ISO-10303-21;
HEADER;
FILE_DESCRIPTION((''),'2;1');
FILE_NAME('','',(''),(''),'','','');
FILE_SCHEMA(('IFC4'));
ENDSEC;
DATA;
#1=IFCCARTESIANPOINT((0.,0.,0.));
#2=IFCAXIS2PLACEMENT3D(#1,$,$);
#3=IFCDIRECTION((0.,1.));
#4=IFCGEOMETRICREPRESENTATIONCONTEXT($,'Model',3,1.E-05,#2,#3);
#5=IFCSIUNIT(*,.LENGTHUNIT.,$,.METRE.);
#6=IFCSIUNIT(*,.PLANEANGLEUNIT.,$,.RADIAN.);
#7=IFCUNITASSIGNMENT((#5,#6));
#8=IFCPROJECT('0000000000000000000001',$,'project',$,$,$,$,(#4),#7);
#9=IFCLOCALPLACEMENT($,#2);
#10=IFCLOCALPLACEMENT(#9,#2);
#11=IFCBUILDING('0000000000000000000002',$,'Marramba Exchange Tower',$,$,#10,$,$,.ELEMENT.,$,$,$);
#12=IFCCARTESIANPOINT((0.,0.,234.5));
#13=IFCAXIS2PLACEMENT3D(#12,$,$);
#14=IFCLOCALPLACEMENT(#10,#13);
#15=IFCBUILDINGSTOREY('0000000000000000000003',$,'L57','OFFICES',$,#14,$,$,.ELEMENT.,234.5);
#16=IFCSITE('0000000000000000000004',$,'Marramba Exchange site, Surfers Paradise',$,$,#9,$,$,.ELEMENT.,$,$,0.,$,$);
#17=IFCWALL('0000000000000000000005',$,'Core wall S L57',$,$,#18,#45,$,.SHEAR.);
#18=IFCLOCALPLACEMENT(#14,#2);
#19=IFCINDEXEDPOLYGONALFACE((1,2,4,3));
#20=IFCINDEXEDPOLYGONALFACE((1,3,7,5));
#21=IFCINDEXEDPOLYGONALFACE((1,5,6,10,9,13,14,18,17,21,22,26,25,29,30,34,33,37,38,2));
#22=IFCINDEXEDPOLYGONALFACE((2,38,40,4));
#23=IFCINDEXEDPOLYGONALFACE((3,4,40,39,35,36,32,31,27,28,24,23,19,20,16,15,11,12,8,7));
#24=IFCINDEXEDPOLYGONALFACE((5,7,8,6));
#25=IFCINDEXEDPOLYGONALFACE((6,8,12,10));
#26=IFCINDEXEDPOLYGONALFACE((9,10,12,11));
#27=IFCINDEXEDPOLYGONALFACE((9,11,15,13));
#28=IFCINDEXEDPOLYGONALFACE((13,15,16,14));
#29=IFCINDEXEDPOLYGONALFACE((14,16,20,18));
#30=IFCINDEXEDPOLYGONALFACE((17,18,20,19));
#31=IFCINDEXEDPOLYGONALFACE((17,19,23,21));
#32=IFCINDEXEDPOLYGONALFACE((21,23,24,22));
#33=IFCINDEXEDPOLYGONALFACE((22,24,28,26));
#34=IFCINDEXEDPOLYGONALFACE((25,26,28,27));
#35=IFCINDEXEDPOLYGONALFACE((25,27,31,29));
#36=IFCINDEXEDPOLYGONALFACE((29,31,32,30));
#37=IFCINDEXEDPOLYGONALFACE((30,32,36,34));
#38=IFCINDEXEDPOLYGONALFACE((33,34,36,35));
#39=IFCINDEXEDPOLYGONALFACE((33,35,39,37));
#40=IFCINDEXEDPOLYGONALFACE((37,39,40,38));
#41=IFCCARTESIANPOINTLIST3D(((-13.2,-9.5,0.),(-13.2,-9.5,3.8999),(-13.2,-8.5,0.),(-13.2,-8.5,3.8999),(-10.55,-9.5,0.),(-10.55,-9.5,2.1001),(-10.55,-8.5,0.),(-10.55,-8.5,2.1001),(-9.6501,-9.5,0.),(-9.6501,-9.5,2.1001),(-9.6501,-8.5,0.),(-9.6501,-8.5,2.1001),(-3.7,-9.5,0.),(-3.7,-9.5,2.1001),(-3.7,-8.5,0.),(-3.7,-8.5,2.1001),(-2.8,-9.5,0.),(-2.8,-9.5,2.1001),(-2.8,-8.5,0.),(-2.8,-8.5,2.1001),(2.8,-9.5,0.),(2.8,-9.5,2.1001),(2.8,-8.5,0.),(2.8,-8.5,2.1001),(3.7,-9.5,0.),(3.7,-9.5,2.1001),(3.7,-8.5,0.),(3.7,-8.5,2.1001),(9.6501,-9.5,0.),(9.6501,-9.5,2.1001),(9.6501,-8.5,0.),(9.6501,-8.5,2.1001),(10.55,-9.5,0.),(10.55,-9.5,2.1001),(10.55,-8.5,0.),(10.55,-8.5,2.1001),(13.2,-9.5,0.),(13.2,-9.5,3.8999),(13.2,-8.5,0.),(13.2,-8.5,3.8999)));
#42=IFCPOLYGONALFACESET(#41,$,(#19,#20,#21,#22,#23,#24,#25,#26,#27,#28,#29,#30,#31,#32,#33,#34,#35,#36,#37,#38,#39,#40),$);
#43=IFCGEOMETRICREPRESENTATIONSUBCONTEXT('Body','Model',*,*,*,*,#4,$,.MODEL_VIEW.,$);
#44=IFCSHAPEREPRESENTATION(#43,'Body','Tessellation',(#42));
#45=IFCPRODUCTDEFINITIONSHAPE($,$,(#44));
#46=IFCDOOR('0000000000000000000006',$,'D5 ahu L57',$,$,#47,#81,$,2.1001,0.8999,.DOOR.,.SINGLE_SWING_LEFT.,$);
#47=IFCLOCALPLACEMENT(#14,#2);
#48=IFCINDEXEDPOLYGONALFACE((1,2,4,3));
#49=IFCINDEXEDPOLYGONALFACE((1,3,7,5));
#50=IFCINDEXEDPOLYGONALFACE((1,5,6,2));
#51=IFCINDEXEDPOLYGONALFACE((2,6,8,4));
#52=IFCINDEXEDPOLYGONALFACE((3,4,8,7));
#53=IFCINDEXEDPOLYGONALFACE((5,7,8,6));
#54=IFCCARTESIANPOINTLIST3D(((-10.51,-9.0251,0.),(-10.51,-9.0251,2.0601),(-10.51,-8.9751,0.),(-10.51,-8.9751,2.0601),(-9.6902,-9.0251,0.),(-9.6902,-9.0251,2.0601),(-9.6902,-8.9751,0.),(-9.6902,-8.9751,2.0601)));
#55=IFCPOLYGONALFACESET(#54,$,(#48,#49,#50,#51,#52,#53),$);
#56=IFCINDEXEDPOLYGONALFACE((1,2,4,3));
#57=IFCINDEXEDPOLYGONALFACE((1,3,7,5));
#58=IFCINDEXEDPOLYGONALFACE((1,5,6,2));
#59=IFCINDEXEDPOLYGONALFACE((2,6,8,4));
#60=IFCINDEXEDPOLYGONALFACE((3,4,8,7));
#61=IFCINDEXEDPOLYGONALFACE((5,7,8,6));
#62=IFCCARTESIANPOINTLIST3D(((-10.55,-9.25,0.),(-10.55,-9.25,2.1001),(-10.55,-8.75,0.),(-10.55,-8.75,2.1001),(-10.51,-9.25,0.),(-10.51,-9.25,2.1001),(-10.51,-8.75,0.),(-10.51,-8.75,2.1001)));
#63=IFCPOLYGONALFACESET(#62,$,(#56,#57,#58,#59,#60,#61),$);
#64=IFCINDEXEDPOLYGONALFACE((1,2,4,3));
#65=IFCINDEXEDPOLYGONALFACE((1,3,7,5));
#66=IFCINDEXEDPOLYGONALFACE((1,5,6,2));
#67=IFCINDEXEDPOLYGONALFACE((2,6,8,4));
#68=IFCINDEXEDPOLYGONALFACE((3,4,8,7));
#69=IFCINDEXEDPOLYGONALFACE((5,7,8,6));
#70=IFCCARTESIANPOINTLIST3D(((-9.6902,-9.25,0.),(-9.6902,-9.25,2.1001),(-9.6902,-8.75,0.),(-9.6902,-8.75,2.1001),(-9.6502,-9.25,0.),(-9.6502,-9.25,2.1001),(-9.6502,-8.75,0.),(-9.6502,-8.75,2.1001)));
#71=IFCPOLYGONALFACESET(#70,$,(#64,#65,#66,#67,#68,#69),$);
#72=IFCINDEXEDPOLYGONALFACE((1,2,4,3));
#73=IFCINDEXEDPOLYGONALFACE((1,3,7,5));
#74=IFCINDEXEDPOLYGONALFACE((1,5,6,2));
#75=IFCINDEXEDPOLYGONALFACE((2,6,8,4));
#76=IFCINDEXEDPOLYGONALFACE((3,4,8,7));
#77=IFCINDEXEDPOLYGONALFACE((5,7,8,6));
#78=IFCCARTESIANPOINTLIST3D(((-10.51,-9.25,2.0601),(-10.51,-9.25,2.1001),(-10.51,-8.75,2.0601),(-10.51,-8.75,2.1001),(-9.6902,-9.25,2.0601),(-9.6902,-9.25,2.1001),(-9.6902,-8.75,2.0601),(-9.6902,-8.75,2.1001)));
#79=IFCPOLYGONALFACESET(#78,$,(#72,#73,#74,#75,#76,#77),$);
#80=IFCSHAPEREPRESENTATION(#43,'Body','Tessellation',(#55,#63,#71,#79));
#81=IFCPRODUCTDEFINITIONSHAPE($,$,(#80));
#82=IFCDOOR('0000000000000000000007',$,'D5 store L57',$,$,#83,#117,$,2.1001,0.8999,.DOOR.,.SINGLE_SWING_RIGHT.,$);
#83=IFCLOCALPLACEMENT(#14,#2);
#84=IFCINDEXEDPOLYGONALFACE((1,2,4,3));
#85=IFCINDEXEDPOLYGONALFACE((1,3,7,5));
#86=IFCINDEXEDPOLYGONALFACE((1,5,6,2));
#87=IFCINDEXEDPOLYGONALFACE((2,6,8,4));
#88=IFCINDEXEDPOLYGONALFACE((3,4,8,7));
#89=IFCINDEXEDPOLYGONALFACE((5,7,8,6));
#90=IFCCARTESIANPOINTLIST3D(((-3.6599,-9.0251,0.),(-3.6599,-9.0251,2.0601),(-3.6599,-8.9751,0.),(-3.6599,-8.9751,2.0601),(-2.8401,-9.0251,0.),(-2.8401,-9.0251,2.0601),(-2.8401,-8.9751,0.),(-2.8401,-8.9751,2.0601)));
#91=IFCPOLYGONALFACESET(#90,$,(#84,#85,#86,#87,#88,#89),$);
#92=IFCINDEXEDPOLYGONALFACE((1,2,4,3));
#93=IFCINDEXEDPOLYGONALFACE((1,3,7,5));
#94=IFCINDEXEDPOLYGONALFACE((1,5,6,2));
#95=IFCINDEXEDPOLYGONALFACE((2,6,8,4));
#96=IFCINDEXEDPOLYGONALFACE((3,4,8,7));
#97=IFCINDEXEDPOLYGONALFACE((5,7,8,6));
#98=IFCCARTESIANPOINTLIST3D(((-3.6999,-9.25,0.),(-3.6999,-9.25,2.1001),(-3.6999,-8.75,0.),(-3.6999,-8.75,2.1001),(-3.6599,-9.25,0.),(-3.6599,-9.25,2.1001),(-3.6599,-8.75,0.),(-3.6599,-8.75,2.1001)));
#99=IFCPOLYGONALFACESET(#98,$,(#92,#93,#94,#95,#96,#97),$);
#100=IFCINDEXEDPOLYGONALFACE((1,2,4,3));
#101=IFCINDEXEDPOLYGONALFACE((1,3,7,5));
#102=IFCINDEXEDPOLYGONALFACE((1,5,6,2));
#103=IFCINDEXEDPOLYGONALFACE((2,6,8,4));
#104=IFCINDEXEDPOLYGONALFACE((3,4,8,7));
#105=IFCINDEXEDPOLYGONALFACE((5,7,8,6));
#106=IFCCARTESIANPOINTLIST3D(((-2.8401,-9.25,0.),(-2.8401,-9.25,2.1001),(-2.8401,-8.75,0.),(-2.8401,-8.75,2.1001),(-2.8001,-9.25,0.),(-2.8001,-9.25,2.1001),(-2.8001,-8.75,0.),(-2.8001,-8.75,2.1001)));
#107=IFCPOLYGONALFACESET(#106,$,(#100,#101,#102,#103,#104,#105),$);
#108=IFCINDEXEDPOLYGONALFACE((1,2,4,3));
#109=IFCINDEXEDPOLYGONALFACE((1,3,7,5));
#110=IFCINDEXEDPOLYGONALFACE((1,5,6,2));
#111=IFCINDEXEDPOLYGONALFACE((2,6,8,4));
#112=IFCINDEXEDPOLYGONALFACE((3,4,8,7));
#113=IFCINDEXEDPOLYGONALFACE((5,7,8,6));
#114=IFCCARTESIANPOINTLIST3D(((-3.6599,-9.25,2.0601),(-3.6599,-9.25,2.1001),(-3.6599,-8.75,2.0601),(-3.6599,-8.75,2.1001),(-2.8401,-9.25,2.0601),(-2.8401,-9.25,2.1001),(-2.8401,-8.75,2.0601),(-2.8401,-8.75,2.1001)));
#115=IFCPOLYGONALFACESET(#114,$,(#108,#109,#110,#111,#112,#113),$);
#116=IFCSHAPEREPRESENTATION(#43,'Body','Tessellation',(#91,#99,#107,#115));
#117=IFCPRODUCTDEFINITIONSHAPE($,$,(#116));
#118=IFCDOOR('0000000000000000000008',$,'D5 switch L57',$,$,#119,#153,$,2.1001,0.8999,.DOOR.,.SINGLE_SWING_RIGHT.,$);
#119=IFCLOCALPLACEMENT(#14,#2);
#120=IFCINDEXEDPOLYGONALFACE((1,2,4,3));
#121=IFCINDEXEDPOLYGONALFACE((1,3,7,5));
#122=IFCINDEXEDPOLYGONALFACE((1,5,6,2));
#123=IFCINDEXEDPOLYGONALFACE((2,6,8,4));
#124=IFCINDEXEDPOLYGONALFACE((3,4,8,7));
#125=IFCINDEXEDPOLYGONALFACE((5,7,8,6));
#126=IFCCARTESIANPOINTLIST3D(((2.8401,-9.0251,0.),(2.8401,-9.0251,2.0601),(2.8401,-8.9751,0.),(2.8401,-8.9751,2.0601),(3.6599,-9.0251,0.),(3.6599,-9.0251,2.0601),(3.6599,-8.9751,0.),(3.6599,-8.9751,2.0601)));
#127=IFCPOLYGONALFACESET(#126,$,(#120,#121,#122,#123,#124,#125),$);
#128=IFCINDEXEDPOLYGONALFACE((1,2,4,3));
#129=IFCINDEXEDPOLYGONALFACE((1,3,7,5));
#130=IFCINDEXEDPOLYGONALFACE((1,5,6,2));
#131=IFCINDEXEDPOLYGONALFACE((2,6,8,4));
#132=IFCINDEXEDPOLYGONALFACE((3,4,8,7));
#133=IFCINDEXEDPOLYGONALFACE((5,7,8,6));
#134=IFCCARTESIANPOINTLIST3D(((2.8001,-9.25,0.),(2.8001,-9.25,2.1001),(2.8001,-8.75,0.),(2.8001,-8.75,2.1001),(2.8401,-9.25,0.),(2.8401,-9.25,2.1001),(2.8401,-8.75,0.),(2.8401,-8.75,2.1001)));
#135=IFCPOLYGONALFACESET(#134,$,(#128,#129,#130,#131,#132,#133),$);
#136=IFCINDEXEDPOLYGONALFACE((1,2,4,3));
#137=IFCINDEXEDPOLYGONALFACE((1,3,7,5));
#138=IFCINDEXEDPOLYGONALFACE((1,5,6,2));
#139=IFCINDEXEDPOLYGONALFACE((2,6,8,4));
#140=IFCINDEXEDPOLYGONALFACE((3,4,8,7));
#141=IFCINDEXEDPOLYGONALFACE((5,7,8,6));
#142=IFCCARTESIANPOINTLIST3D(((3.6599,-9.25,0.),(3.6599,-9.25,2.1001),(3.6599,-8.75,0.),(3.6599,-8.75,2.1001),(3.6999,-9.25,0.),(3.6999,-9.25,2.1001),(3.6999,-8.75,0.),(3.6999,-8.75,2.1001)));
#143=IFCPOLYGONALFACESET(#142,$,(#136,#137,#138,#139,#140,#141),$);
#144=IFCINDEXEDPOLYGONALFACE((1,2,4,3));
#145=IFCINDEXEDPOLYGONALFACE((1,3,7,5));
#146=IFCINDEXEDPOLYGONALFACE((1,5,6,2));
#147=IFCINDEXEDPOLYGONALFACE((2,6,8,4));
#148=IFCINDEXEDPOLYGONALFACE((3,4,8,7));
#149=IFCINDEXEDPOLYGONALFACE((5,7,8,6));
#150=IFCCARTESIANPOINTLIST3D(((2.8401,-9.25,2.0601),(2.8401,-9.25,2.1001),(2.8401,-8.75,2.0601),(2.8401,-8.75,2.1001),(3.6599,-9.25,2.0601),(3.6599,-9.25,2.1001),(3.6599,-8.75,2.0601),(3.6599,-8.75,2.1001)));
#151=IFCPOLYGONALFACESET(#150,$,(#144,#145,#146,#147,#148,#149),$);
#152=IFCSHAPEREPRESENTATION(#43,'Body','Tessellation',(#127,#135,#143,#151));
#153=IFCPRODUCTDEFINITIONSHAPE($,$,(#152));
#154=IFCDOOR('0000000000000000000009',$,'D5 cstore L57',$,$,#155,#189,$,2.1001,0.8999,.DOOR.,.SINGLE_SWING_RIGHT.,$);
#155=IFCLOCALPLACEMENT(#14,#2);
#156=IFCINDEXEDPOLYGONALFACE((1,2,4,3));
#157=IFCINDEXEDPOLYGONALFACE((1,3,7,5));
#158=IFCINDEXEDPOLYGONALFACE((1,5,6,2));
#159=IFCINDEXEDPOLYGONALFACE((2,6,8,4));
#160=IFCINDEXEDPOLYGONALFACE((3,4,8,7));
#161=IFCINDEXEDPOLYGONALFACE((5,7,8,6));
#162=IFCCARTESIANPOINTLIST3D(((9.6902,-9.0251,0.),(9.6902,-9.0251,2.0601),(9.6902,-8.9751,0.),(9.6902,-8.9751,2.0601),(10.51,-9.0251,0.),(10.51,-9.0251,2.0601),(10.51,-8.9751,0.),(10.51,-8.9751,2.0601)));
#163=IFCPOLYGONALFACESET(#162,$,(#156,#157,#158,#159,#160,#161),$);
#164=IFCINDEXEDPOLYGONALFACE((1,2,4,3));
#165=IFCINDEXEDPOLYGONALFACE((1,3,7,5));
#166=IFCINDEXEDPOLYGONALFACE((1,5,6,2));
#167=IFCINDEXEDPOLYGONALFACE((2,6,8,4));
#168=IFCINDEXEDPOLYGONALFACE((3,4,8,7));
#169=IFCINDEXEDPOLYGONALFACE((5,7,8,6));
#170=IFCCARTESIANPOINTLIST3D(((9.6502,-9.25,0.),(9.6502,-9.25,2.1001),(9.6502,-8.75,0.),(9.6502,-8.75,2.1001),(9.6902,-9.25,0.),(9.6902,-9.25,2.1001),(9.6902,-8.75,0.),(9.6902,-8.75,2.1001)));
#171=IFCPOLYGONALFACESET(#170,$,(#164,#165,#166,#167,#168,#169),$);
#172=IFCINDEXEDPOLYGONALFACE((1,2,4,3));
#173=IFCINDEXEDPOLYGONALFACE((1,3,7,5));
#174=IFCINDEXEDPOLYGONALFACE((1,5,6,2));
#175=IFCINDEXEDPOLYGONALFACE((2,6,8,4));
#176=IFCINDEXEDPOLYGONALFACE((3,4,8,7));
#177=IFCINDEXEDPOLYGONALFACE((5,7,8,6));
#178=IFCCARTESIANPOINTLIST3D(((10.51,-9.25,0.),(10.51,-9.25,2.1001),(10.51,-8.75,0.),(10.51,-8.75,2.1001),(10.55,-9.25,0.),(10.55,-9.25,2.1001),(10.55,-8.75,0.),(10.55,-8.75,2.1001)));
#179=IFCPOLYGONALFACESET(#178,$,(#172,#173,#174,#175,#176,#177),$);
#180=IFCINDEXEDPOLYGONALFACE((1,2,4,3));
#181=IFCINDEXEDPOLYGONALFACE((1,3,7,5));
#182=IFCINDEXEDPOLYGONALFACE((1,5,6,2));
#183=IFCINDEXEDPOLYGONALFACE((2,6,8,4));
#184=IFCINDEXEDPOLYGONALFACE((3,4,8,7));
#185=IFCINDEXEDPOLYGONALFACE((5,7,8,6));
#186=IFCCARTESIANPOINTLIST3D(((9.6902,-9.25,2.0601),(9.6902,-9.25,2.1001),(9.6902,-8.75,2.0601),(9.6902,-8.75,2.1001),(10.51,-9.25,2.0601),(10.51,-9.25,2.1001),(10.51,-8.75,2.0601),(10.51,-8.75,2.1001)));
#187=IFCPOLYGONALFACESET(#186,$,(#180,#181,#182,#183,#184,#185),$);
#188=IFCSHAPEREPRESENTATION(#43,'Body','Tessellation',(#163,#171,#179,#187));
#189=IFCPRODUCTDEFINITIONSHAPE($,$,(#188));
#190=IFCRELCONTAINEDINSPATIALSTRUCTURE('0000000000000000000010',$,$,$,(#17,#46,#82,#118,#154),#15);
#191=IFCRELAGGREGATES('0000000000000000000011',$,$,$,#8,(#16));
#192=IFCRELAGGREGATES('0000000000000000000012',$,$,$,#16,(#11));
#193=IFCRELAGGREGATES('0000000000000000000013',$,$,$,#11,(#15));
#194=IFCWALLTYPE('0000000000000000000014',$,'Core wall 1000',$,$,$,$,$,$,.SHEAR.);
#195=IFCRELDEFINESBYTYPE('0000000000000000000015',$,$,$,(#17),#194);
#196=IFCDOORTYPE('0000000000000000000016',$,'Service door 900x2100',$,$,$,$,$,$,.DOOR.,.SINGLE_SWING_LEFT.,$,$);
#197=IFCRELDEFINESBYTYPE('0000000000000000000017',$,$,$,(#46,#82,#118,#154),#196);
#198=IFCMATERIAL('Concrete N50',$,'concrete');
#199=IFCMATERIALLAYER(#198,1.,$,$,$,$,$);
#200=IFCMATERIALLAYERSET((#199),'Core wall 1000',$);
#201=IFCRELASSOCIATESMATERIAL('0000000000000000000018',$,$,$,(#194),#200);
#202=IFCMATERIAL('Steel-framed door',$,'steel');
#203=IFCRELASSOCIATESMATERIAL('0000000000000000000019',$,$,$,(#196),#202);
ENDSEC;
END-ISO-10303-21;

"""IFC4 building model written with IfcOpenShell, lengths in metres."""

from ifc_helpers import new_model, si_unit, direction, frame, frame_2d, origin, place, context, subcontext, project, spatial, rectangle, extrude, material, layer, layer_set, type_object, element, fill, save


model = new_model("IFC4")

# Units and contexts
model_context = context("Model", 3, precision=1e-05, world=origin(), true_north=direction((0.0, 1.0)))
body_context = subcontext(model_context, "Body", "Model", "MODEL_VIEW")
ifc_project = project(units=[si_unit("LENGTHUNIT", "METRE"), si_unit("PLANEANGLEUNIT", "RADIAN")], contexts=[model_context])

# Site, building, storey
site_placement = place(None, origin())
site = spatial("IfcSite", under=ifc_project, at=site_placement, Name="Marramba Exchange site, Surfers Paradise", CompositionType="ELEMENT", RefElevation=0.0)
building_placement = place(site_placement, origin())
building = spatial("IfcBuilding", under=site, at=building_placement, Name="Marramba Exchange Tower", CompositionType="ELEMENT")
storey_placement = place(building_placement, frame((0.0, 0.0, 234.5)))
storey = spatial("IfcBuildingStorey", under=building, at=storey_placement, Name="L57", Description="OFFICES", CompositionType="ELEMENT", Elevation=234.5)

# Shared definitions
ifc_material_1 = material(Name="Concrete N50", Category="concrete")

# Wall, openings, doors
ifc_layer_1 = layer(ifc_material_1, 1.0)
ifc_layer_set_1 = layer_set([ifc_layer_1], Name="Core wall 1000")
wall_type_1 = type_object("IfcWallType", Name="Core wall 1000", PredefinedType="SHEAR", material=ifc_layer_set_1)
wall_1_placement = place(storey_placement, frame((-13.2, -9.0, 0.0), z_axis=(0.0, 0.0, 1.0), x_axis=(1.0, 0.0, 0.0)))
wall_1 = element("IfcWall", 1, at=wall_1_placement, inside=storey, type_object=wall_type_1, Name="Core wall S L57", PredefinedType="SHEAR", context=body_context, shape_type="SweptSolid", body=[
    extrude(rectangle(XDim=26.3999, YDim=1.0, at=frame_2d((13.2, 0.0))), origin(), (0.0, 0.0, 1.0), 3.8999),
])
opening_1_placement = place(wall_1_placement, frame((2.6499, 0.0, 0.0)))
opening_1 = element("IfcOpeningElement", 2, at=opening_1_placement, cuts=wall_1, PredefinedType="OPENING", context=body_context, shape_type="SweptSolid", body=[
    extrude(rectangle(XDim=0.8999, YDim=2.1001, at=frame_2d((0.45, 1.05))), frame((0.0, 0.51, 0.0), z_axis=(0.0, -1.0, 0.0), x_axis=(1.0, 0.0, 0.0)), (0.0, 0.0, 1.0), 1.02),
])
opening_2_placement = place(wall_1_placement, frame((9.5, 0.0, 0.0)))
opening_2 = element("IfcOpeningElement", 3, at=opening_2_placement, cuts=wall_1, PredefinedType="OPENING", context=body_context, shape_type="SweptSolid", body=[
    extrude(rectangle(XDim=0.8999, YDim=2.1001, at=frame_2d((0.45, 1.05))), frame((0.0, 0.51, 0.0), z_axis=(0.0, -1.0, 0.0), x_axis=(1.0, 0.0, 0.0)), (0.0, 0.0, 1.0), 1.02),
])
opening_3_placement = place(wall_1_placement, frame((16.0, 0.0, 0.0)))
opening_3 = element("IfcOpeningElement", 4, at=opening_3_placement, cuts=wall_1, PredefinedType="OPENING", context=body_context, shape_type="SweptSolid", body=[
    extrude(rectangle(XDim=0.8999, YDim=2.1001, at=frame_2d((0.45, 1.05))), frame((0.0, 0.51, 0.0), z_axis=(0.0, -1.0, 0.0), x_axis=(1.0, 0.0, 0.0)), (0.0, 0.0, 1.0), 1.02),
])
opening_4_placement = place(wall_1_placement, frame((22.8501, 0.0, 0.0)))
opening_4 = element("IfcOpeningElement", 5, at=opening_4_placement, cuts=wall_1, PredefinedType="OPENING", context=body_context, shape_type="SweptSolid", body=[
    extrude(rectangle(XDim=0.8999, YDim=2.1001, at=frame_2d((0.45, 1.05))), frame((0.0, 0.51, 0.0), z_axis=(0.0, -1.0, 0.0), x_axis=(1.0, 0.0, 0.0)), (0.0, 0.0, 1.0), 1.02),
])
ifc_material_2 = material(Name="Steel-framed door", Category="steel")
door_type = type_object("IfcDoorType", Name="Service door 900x2100", OperationType="SINGLE_SWING_LEFT", PredefinedType="DOOR", material=ifc_material_2)
door_1_placement = place(opening_1_placement, origin())
door_1 = element("IfcDoor", 6, at=door_1_placement, inside=storey, type_object=door_type, Name="D5 ahu L57", OperationType="SINGLE_SWING_LEFT", OverallHeight=2.1001, OverallWidth=0.8999, PredefinedType="DOOR", context=body_context, shape_type="SweptSolid", body=[
    extrude(rectangle(XDim=0.8198, YDim=2.0601, at=frame_2d((0.45, 1.03))), frame((0.0, 0.0249, 0.0), z_axis=(0.0, -1.0, 0.0), x_axis=(1.0, 0.0, 0.0)), (0.0, 0.0, 1.0), 0.05),
    extrude(rectangle(XDim=0.04, YDim=2.1001, at=frame_2d((0.02, 1.05))), frame((0.0, 0.25, 0.0), z_axis=(0.0, -1.0, 0.0), x_axis=(1.0, 0.0, 0.0)), (0.0, 0.0, 1.0), 0.5),
    extrude(rectangle(XDim=0.04, YDim=2.1001, at=frame_2d((0.8799, 1.05))), frame((0.0, 0.25, 0.0), z_axis=(0.0, -1.0, 0.0), x_axis=(1.0, 0.0, 0.0)), (0.0, 0.0, 1.0), 0.5),
    extrude(rectangle(XDim=0.8198, YDim=0.04, at=frame_2d((0.45, 2.0801))), frame((0.0, 0.25, 0.0), z_axis=(0.0, -1.0, 0.0), x_axis=(1.0, 0.0, 0.0)), (0.0, 0.0, 1.0), 0.5),
])
fill(opening_1, door_1)
door_2_placement = place(opening_2_placement, origin())
door_2 = element("IfcDoor", 7, at=door_2_placement, inside=storey, type_object=door_type, Name="D5 store L57", OperationType="SINGLE_SWING_RIGHT", OverallHeight=2.1001, OverallWidth=0.8999, PredefinedType="DOOR", context=body_context, shape_type="SweptSolid", body=[
    extrude(rectangle(XDim=0.8198, YDim=2.0601, at=frame_2d((0.45, 1.03))), frame((0.0, 0.0249, 0.0), z_axis=(0.0, -1.0, 0.0), x_axis=(1.0, 0.0, 0.0)), (0.0, 0.0, 1.0), 0.05),
    extrude(rectangle(XDim=0.04, YDim=2.1001, at=frame_2d((0.02, 1.05))), frame((0.0, 0.25, 0.0), z_axis=(0.0, -1.0, 0.0), x_axis=(1.0, 0.0, 0.0)), (0.0, 0.0, 1.0), 0.5),
    extrude(rectangle(XDim=0.04, YDim=2.1001, at=frame_2d((0.8799, 1.05))), frame((0.0, 0.25, 0.0), z_axis=(0.0, -1.0, 0.0), x_axis=(1.0, 0.0, 0.0)), (0.0, 0.0, 1.0), 0.5),
    extrude(rectangle(XDim=0.8198, YDim=0.04, at=frame_2d((0.45, 2.0801))), frame((0.0, 0.25, 0.0), z_axis=(0.0, -1.0, 0.0), x_axis=(1.0, 0.0, 0.0)), (0.0, 0.0, 1.0), 0.5),
])
fill(opening_2, door_2)
door_3_placement = place(opening_3_placement, origin())
door_3 = element("IfcDoor", 8, at=door_3_placement, inside=storey, type_object=door_type, Name="D5 switch L57", OperationType="SINGLE_SWING_RIGHT", OverallHeight=2.1001, OverallWidth=0.8999, PredefinedType="DOOR", context=body_context, shape_type="SweptSolid", body=[
    extrude(rectangle(XDim=0.8198, YDim=2.0601, at=frame_2d((0.45, 1.03))), frame((0.0, 0.0249, 0.0), z_axis=(0.0, -1.0, 0.0), x_axis=(1.0, 0.0, 0.0)), (0.0, 0.0, 1.0), 0.05),
    extrude(rectangle(XDim=0.04, YDim=2.1001, at=frame_2d((0.02, 1.05))), frame((0.0, 0.25, 0.0), z_axis=(0.0, -1.0, 0.0), x_axis=(1.0, 0.0, 0.0)), (0.0, 0.0, 1.0), 0.5),
    extrude(rectangle(XDim=0.04, YDim=2.1001, at=frame_2d((0.8799, 1.05))), frame((0.0, 0.25, 0.0), z_axis=(0.0, -1.0, 0.0), x_axis=(1.0, 0.0, 0.0)), (0.0, 0.0, 1.0), 0.5),
    extrude(rectangle(XDim=0.8198, YDim=0.04, at=frame_2d((0.45, 2.0801))), frame((0.0, 0.25, 0.0), z_axis=(0.0, -1.0, 0.0), x_axis=(1.0, 0.0, 0.0)), (0.0, 0.0, 1.0), 0.5),
])
fill(opening_3, door_3)
door_4_placement = place(opening_4_placement, origin())
door_4 = element("IfcDoor", 9, at=door_4_placement, inside=storey, type_object=door_type, Name="D5 cstore L57", OperationType="SINGLE_SWING_RIGHT", OverallHeight=2.1001, OverallWidth=0.8999, PredefinedType="DOOR", context=body_context, shape_type="SweptSolid", body=[
    extrude(rectangle(XDim=0.8198, YDim=2.0601, at=frame_2d((0.45, 1.03))), frame((0.0, 0.0249, 0.0), z_axis=(0.0, -1.0, 0.0), x_axis=(1.0, 0.0, 0.0)), (0.0, 0.0, 1.0), 0.05),
    extrude(rectangle(XDim=0.04, YDim=2.1001, at=frame_2d((0.02, 1.05))), frame((0.0, 0.25, 0.0), z_axis=(0.0, -1.0, 0.0), x_axis=(1.0, 0.0, 0.0)), (0.0, 0.0, 1.0), 0.5),
    extrude(rectangle(XDim=0.04, YDim=2.1001, at=frame_2d((0.8799, 1.05))), frame((0.0, 0.25, 0.0), z_axis=(0.0, -1.0, 0.0), x_axis=(1.0, 0.0, 0.0)), (0.0, 0.0, 1.0), 0.5),
    extrude(rectangle(XDim=0.8198, YDim=0.04, at=frame_2d((0.45, 2.0801))), frame((0.0, 0.25, 0.0), z_axis=(0.0, -1.0, 0.0), x_axis=(1.0, 0.0, 0.0)), (0.0, 0.0, 1.0), 0.5),
])
fill(opening_4, door_4)

save(model, "model.ifc")
